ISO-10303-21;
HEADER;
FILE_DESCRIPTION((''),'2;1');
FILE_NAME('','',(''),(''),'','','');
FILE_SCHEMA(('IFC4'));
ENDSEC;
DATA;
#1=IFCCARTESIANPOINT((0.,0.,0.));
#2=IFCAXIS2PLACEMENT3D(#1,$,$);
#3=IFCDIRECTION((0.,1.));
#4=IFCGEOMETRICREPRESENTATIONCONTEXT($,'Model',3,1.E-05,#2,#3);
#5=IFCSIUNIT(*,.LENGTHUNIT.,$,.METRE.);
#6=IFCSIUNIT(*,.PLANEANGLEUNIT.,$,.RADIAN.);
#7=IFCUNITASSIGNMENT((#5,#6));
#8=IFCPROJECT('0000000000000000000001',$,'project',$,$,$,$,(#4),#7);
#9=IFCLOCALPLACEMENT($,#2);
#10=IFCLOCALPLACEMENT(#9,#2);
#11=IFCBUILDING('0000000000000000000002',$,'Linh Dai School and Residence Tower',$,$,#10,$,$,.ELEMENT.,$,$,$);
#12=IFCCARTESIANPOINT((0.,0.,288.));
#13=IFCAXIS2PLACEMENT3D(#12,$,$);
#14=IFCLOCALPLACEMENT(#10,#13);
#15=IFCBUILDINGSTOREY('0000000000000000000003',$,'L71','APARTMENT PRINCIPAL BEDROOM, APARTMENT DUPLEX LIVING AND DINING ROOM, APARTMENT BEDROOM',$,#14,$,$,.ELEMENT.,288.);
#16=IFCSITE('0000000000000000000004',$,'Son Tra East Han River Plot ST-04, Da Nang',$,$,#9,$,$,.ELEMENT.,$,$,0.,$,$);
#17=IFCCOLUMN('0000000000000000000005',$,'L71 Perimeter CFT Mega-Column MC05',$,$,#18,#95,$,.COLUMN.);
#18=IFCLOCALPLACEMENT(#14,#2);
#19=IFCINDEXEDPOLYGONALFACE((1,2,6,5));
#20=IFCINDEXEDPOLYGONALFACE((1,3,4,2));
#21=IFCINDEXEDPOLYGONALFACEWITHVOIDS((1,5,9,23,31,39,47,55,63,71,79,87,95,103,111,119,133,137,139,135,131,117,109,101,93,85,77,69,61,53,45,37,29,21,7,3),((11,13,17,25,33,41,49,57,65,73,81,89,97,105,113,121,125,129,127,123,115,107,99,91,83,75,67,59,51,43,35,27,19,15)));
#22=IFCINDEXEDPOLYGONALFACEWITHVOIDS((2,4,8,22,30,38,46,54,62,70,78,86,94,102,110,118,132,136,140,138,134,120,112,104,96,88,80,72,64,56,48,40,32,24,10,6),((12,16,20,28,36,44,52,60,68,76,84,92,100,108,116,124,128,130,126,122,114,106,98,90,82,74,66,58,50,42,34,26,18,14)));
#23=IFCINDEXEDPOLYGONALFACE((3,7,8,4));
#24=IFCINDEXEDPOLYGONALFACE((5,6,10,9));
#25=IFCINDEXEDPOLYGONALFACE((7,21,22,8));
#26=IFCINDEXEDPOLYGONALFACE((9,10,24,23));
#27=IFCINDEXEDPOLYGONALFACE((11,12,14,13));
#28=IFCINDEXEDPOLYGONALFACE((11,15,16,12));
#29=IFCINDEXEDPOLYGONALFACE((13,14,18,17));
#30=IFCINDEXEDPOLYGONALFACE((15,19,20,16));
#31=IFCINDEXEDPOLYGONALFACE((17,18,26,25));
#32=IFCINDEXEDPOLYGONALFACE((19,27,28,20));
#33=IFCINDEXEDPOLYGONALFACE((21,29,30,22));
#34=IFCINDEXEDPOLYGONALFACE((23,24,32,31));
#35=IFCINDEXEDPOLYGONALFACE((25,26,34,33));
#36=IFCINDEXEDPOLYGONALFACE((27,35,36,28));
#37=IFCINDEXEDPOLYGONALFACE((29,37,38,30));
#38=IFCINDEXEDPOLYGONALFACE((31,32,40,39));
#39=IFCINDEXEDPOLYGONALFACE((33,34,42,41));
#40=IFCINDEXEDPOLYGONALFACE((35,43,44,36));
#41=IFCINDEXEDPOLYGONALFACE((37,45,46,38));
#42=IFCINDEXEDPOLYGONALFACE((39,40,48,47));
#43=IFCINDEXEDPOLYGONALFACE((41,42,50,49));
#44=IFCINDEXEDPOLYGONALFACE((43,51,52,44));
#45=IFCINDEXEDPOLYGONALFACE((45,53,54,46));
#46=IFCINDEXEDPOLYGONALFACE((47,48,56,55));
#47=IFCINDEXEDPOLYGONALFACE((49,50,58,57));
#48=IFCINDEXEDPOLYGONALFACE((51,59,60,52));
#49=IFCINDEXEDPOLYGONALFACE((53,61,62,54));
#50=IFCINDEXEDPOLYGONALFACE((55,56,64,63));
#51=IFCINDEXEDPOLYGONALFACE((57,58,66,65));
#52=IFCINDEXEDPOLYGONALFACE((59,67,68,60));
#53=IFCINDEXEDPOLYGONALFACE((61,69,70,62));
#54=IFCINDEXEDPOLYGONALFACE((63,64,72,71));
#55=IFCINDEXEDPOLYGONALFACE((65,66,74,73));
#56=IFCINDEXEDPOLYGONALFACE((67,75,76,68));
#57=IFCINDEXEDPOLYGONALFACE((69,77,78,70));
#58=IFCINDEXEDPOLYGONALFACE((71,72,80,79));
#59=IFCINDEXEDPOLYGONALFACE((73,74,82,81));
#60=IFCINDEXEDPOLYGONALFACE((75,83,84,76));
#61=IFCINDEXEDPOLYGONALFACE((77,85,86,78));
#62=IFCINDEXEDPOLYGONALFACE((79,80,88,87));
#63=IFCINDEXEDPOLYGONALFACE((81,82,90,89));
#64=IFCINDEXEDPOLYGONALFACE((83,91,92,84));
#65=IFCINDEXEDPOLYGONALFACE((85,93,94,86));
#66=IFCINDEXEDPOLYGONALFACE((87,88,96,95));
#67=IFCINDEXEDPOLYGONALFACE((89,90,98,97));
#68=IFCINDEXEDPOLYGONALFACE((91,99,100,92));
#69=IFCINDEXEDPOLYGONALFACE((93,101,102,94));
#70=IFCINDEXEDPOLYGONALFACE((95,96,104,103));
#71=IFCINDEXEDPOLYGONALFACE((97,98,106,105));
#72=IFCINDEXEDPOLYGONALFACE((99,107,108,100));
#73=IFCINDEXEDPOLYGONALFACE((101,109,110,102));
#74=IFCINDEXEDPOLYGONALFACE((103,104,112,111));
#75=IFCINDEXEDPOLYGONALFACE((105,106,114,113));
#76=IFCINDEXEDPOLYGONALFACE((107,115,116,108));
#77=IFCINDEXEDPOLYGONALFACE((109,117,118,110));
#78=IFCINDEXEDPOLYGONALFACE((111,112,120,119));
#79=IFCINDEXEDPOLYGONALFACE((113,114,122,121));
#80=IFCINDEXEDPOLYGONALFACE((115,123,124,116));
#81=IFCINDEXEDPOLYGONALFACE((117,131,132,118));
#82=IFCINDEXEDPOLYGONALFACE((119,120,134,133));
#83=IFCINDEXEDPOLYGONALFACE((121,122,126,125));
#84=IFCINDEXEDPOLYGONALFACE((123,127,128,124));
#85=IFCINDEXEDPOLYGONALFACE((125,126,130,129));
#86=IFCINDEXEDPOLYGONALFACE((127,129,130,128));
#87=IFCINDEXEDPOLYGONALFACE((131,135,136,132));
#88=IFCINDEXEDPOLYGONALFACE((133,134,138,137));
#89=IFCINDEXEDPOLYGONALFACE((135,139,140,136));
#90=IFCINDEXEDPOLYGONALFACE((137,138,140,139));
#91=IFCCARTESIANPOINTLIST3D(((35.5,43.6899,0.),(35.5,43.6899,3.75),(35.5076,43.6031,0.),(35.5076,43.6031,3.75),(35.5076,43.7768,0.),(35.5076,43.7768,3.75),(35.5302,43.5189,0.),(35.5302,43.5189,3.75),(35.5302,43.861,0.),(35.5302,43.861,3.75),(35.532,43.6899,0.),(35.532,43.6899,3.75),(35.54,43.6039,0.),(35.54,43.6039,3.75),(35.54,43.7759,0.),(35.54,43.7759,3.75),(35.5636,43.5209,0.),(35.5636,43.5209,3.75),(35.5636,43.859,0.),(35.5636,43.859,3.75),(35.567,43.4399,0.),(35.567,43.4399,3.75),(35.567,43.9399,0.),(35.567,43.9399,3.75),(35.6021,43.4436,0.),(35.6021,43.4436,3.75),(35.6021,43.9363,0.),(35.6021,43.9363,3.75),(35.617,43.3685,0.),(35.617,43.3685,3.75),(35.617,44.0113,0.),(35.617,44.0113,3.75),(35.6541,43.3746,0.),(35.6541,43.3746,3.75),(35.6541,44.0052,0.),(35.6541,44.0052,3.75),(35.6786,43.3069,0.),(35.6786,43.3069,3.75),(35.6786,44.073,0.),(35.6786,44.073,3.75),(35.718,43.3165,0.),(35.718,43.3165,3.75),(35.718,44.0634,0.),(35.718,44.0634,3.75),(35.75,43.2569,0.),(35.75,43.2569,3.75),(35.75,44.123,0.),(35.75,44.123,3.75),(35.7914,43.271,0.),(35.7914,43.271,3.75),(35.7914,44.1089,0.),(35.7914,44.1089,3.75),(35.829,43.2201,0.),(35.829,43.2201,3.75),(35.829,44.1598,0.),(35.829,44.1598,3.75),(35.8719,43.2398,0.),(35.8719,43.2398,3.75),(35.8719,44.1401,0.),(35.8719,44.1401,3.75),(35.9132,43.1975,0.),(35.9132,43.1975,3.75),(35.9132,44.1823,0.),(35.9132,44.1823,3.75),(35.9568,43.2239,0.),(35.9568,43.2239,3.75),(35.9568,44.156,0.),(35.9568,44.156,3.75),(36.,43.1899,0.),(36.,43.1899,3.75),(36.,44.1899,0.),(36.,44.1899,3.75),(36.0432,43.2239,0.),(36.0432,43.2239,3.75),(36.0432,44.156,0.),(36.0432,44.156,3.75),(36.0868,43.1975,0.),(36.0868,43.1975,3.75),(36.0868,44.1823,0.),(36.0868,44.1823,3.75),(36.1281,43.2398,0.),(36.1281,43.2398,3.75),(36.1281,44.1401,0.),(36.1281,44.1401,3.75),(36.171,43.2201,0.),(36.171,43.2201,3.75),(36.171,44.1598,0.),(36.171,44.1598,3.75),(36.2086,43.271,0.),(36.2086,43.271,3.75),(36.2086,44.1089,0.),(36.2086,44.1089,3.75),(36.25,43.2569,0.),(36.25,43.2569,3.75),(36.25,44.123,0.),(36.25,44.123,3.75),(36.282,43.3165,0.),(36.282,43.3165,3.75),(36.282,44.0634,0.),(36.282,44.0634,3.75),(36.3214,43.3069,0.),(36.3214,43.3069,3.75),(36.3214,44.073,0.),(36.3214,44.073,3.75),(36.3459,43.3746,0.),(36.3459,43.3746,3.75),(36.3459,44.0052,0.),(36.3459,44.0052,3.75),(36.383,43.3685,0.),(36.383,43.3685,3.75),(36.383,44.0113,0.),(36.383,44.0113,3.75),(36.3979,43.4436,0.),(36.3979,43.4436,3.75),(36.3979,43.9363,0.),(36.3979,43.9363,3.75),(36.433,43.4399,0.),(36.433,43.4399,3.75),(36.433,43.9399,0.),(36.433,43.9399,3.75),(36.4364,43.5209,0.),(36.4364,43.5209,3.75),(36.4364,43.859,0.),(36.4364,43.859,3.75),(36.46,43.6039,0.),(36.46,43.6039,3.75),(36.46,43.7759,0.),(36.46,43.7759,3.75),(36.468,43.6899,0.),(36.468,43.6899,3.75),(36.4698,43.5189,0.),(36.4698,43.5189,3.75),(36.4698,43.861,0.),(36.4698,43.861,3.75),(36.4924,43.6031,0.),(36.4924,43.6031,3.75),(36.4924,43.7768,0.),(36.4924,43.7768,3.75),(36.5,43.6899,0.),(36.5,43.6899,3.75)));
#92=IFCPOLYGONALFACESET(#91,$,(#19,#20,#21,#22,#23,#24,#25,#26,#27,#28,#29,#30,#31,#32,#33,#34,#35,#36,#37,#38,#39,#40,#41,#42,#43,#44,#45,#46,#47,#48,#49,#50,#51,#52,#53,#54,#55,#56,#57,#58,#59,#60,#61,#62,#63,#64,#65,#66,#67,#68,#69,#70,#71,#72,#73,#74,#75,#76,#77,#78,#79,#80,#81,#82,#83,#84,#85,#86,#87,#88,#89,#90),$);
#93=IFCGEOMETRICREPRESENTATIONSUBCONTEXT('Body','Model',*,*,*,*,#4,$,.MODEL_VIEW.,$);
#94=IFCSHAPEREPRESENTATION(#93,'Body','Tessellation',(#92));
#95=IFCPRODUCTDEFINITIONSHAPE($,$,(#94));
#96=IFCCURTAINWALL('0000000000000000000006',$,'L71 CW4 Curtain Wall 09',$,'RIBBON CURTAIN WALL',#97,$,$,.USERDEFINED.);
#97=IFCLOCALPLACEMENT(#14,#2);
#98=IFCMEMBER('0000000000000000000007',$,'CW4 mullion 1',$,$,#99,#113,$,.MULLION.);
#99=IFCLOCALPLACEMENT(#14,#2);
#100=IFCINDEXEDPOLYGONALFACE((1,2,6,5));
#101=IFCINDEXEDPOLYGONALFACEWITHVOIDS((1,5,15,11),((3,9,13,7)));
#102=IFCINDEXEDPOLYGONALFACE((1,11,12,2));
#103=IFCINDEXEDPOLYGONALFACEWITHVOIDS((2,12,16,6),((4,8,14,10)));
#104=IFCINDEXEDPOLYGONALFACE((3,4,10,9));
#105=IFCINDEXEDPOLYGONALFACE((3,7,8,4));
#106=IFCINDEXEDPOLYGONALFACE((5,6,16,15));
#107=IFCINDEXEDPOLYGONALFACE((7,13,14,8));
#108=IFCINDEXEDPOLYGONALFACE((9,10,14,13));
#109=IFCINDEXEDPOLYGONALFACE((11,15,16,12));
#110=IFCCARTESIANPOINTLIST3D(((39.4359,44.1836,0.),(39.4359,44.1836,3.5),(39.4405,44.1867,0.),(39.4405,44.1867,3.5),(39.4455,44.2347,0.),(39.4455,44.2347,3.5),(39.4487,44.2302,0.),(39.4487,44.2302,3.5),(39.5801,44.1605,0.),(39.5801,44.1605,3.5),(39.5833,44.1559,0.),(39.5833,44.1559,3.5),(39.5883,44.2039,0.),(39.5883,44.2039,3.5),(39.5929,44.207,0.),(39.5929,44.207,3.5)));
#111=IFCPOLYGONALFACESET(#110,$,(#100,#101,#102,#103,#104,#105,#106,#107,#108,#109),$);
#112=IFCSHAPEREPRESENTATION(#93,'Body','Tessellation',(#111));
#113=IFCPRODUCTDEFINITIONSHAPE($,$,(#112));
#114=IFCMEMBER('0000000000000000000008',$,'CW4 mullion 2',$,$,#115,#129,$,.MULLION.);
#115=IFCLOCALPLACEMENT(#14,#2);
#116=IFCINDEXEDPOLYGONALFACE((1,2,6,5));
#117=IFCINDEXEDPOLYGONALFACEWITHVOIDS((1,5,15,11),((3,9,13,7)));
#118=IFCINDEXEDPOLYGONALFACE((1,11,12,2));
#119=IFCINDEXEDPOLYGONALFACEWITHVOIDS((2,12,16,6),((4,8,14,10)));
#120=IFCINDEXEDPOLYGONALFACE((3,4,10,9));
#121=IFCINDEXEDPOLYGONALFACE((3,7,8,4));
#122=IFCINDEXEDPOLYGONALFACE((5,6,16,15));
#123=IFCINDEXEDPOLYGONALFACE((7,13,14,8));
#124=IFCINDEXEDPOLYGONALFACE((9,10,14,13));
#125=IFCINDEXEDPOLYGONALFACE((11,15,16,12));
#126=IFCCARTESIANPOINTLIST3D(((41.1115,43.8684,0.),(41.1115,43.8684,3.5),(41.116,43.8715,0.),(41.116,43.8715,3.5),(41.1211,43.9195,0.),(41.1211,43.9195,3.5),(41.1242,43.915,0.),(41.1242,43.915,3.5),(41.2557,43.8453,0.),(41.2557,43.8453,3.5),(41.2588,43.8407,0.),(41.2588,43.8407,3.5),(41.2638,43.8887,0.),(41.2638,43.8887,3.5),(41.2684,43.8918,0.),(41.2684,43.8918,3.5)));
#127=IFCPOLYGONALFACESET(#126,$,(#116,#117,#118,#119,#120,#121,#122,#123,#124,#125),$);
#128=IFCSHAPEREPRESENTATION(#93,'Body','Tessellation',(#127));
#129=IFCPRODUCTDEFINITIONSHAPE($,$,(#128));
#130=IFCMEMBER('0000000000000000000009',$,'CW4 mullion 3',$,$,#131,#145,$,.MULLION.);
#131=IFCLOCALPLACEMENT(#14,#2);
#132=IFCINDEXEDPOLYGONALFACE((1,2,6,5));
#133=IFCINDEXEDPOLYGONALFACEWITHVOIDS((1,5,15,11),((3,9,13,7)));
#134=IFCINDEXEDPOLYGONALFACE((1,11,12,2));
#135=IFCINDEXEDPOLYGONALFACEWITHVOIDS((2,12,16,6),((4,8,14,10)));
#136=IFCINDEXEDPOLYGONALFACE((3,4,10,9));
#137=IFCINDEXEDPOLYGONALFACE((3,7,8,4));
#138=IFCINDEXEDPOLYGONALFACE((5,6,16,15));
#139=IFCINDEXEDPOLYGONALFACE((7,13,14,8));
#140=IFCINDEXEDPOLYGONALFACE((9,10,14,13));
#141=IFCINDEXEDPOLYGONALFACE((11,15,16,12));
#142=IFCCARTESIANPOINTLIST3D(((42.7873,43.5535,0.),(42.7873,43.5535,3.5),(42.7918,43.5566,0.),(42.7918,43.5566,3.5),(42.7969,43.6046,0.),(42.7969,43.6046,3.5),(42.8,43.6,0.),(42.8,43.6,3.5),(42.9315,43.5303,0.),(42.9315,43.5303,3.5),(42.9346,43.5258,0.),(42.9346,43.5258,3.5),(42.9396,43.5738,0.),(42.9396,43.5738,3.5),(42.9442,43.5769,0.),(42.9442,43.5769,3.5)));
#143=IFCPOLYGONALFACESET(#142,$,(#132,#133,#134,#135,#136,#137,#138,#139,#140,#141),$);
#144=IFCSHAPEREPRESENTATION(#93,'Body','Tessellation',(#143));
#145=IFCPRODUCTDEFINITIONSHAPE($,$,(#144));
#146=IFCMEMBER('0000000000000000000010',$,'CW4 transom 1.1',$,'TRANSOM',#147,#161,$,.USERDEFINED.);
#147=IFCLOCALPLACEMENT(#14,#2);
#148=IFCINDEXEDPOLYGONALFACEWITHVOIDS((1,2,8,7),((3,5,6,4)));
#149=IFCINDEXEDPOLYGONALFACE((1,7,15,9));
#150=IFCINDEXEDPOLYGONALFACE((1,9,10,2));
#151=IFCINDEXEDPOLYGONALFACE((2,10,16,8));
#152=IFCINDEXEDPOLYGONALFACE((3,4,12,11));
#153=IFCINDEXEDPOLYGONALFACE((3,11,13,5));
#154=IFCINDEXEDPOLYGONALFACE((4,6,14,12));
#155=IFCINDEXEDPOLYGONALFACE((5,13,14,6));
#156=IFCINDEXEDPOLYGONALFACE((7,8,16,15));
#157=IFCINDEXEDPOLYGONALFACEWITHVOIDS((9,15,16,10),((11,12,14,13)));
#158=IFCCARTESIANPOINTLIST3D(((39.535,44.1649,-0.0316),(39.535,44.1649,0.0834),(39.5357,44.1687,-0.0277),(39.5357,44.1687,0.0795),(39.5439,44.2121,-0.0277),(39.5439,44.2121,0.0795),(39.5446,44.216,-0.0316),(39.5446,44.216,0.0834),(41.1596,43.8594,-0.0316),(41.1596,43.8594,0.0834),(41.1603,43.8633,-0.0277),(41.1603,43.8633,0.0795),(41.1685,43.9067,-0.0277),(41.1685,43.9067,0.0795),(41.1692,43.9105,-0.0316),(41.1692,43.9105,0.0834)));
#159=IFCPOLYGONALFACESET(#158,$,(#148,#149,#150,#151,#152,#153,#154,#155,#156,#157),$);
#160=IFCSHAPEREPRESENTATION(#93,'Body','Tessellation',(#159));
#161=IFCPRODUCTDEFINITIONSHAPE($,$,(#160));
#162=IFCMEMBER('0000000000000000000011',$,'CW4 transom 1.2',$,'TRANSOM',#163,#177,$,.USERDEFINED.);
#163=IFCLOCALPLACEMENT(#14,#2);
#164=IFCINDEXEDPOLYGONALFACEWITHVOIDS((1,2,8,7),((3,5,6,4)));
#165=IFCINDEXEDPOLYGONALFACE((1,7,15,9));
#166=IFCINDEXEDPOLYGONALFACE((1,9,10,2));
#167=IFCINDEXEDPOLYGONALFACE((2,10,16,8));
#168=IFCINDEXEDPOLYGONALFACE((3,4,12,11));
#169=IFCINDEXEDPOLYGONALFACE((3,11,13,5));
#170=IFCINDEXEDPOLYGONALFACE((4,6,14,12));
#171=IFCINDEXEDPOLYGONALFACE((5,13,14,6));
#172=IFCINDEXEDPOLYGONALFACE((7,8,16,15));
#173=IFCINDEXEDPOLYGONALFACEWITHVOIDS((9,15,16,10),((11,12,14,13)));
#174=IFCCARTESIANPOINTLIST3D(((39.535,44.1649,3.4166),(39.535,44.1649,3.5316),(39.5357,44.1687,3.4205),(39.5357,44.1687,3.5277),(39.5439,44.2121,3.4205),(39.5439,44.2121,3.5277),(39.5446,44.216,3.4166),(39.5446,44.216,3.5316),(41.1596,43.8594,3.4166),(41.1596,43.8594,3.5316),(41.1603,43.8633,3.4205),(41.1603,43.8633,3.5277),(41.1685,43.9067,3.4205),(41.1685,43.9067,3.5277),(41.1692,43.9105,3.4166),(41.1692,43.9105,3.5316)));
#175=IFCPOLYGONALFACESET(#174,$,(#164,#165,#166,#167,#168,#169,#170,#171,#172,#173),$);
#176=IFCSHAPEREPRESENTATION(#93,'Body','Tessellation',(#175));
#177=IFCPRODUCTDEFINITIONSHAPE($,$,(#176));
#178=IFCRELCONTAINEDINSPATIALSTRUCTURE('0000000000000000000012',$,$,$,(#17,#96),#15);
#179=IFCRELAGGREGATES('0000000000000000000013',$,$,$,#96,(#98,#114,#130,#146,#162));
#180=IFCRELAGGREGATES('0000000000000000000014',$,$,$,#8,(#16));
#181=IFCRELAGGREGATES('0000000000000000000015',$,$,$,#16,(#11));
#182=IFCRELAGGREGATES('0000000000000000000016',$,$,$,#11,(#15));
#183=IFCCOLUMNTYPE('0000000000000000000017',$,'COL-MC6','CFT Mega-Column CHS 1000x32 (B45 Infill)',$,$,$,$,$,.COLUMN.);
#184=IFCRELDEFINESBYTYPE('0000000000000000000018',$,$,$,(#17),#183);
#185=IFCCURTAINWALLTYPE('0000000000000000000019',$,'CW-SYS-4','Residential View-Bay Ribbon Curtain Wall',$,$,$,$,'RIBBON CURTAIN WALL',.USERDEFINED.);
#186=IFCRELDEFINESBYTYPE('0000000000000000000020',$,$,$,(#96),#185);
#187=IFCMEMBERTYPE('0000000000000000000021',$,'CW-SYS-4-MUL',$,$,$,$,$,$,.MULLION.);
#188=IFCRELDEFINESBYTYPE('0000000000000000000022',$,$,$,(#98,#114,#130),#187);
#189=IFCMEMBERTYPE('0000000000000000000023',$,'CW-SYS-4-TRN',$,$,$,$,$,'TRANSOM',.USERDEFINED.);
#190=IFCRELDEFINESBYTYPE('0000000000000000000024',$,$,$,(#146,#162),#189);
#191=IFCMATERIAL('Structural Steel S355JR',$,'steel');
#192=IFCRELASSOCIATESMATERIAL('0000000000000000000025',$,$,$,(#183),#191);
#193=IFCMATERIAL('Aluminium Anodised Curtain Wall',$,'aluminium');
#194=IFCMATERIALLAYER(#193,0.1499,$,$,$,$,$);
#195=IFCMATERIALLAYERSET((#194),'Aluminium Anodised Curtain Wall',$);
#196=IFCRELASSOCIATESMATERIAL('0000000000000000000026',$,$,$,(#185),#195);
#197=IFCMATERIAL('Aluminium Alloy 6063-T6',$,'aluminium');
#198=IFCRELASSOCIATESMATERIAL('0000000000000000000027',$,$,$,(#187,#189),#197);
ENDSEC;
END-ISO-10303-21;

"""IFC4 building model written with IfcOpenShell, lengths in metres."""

from ifc_helpers import new_model, si_unit, direction, frame, origin, origin_2d, place, context, subcontext, project, spatial, hollow_rectangle, hollow_circle, extrude, source, transform, mapped, material, layer, layer_set, material_profile, profile_set, type_object, element, aggregate, save


model = new_model("IFC4")

# Units and contexts
model_context = context("Model", 3, precision=1e-05, world=origin(), true_north=direction((0.0, 1.0)))
body_context = subcontext(model_context, "Body", "Model", "MODEL_VIEW")
ifc_project = project(units=[si_unit("LENGTHUNIT", "METRE"), si_unit("PLANEANGLEUNIT", "RADIAN")], contexts=[model_context])

# Site, building, storey
site_placement = place(None, origin())
site = spatial("IfcSite", under=ifc_project, at=site_placement, Name="Son Tra East Han River Plot ST-04, Da Nang", CompositionType="ELEMENT", RefElevation=0.0)
building_placement = place(site_placement, origin())
building = spatial("IfcBuilding", under=site, at=building_placement, Name="Linh Dai School and Residence Tower", CompositionType="ELEMENT")
storey_placement = place(building_placement, frame((0.0, 0.0, 288.0)))
storey = spatial("IfcBuildingStorey", under=building, at=storey_placement, Name="L71", Description="APARTMENT PRINCIPAL BEDROOM, APARTMENT DUPLEX LIVING AND DINING ROOM, APARTMENT BEDROOM", CompositionType="ELEMENT", Elevation=288.0)

# Column
ifc_material_1 = material(Name="Structural Steel S355JR", Category="steel")
ifc_material_profile_1 = material_profile(ifc_material_1, hollow_circle(Radius=0.5, WallThickness=0.032, at=origin_2d()), Name="CHS 1000x32")
ifc_profile_set_1 = profile_set([ifc_material_profile_1], Name="Structural Steel S355JR")
column_type = type_object("IfcColumnType", Name="COL-MC6", Description="CFT Mega-Column CHS 1000x32 (B45 Infill)", PredefinedType="COLUMN", material=ifc_profile_set_1)
column_placement = place(storey_placement, frame((36.0, 43.6899, 0.0), z_axis=(0.0, 0.0, 1.0), x_axis=(1.0, 0.0, 0.0)))
element("IfcColumn", 1, at=column_placement, inside=storey, type_object=column_type, Name="L71 Perimeter CFT Mega-Column MC05", PredefinedType="COLUMN", context=body_context, shape_type="SweptSolid", body=[
    extrude(hollow_circle(Radius=0.5, WallThickness=0.032, at=origin_2d()), origin(), (0.0, 0.0, 1.0), 3.75),
])

# Curtain wall, members
ifc_material_2 = material(Name="Aluminium Anodised Curtain Wall", Category="aluminium")
ifc_layer_1 = layer(ifc_material_2, 0.1499)
ifc_layer_set_1 = layer_set([ifc_layer_1], Name="Aluminium Anodised Curtain Wall")
curtain_wall_type = type_object("IfcCurtainWallType", Name="CW-SYS-4", Description="Residential View-Bay Ribbon Curtain Wall", ElementType="RIBBON CURTAIN WALL", PredefinedType="USERDEFINED", material=ifc_layer_set_1)
curtain_wall_placement = place(storey_placement, origin())
curtain_wall = element("IfcCurtainWall", 2, at=curtain_wall_placement, inside=storey, type_object=curtain_wall_type, Name="L71 CW4 Curtain Wall 09", ObjectType="RIBBON CURTAIN WALL", PredefinedType="USERDEFINED")
ifc_material_3 = material(Name="Aluminium Alloy 6063-T6", Category="aluminium")
ifc_material_profile_2 = material_profile(ifc_material_3, hollow_rectangle(XDim=0.052, YDim=0.1499, WallThickness=0.0039, at=origin_2d()), Name="RHS 150x52x4")
ifc_profile_set_2 = profile_set([ifc_material_profile_2], Name="Aluminium Alloy 6063-T6")
member_type_1 = type_object("IfcMemberType", Name="CW-SYS-4-MUL", PredefinedType="MULLION", material=ifc_profile_set_2)
shared_shape_1 = source(origin(), body_context, "Body", "SweptSolid", [
    extrude(hollow_rectangle(XDim=0.052, YDim=0.1499, WallThickness=0.0039, at=origin_2d()), origin(), (0.0, 0.0, 1.0), 3.5),
])
member_1_placement = place(storey_placement, frame((39.5144, 44.1953, 0.0), z_axis=(0.0, 0.0, 1.0), x_axis=(0.184751, 0.982785, 0.0)))
member_1 = element("IfcMember", 3, at=member_1_placement, type_object=member_type_1, Name="CW4 mullion 1", PredefinedType="MULLION", context=body_context, shape_type="MappedRepresentation", body=[
    mapped(shared_shape_1, transform((0.0, 0.0, 0.0), x_axis=(1.0, 0.0, 0.0), y_axis=(0.0, 1.0, 0.0), z_axis=(0.0, 0.0, 1.0), scale=1.0)),
])
member_2_placement = place(storey_placement, frame((41.1899, 43.8801, 0.0), z_axis=(0.0, 0.0, 1.0), x_axis=(0.184751, 0.982785, 0.0)))
member_2 = element("IfcMember", 4, at=member_2_placement, type_object=member_type_1, Name="CW4 mullion 2", PredefinedType="MULLION", context=body_context, shape_type="MappedRepresentation", body=[
    mapped(shared_shape_1, transform((0.0, 0.0, 0.0), x_axis=(1.0, 0.0, 0.0), y_axis=(0.0, 1.0, 0.0), z_axis=(0.0, 0.0, 1.0), scale=1.0)),
])
member_3_placement = place(storey_placement, frame((42.8657, 43.5652, 0.0), z_axis=(0.0, 0.0, 1.0), x_axis=(0.184751, 0.982785, 0.0)))
member_3 = element("IfcMember", 5, at=member_3_placement, type_object=member_type_1, Name="CW4 mullion 3", PredefinedType="MULLION", context=body_context, shape_type="MappedRepresentation", body=[
    mapped(shared_shape_1, transform((0.0, 0.0, 0.0), x_axis=(1.0, 0.0, 0.0), y_axis=(0.0, 1.0, 0.0), z_axis=(0.0, 0.0, 1.0), scale=1.0)),
])
ifc_material_profile_3 = material_profile(ifc_material_3, hollow_rectangle(XDim=0.052, YDim=0.115, WallThickness=0.0039, at=origin_2d()), Name="RHS 115x52x4")
ifc_profile_set_3 = profile_set([ifc_material_profile_3], Name="Aluminium Alloy 6063-T6")
member_type_2 = type_object("IfcMemberType", Name="CW-SYS-4-TRN", ElementType="TRANSOM", PredefinedType="USERDEFINED", material=ifc_profile_set_3)
shared_shape_2 = source(origin(), body_context, "Body", "SweptSolid", [
    extrude(hollow_rectangle(XDim=0.052, YDim=0.115, WallThickness=0.0039, at=origin_2d()), origin(), (0.0, 0.0, 1.0), 1.6531),
])
member_4_placement = place(storey_placement, frame((39.5398, 44.1904, 0.0259), z_axis=(0.982782, -0.18477, 0.0), x_axis=(0.18477, 0.982782, 0.0)))
member_4 = element("IfcMember", 6, at=member_4_placement, type_object=member_type_2, Name="CW4 transom 1.1", ObjectType="TRANSOM", PredefinedType="USERDEFINED", context=body_context, shape_type="MappedRepresentation", body=[
    mapped(shared_shape_2, transform((0.0, 0.0, 0.0), x_axis=(1.0, 0.0, 0.0), y_axis=(0.0, 1.0, 0.0), z_axis=(0.0, 0.0, 1.0), scale=1.0)),
])
member_5_placement = place(storey_placement, frame((39.5398, 44.1904, 3.4741), z_axis=(0.982782, -0.18477, 0.0), x_axis=(0.18477, 0.982782, 0.0)))
member_5 = element("IfcMember", 7, at=member_5_placement, type_object=member_type_2, Name="CW4 transom 1.2", ObjectType="TRANSOM", PredefinedType="USERDEFINED", context=body_context, shape_type="MappedRepresentation", body=[
    mapped(shared_shape_2, transform((0.0, 0.0, 0.0), x_axis=(1.0, 0.0, 0.0), y_axis=(0.0, 1.0, 0.0), z_axis=(0.0, 0.0, 1.0), scale=1.0)),
])

aggregate(curtain_wall, [member_1, member_2, member_3, member_4, member_5])

save(model, "model.ifc")
